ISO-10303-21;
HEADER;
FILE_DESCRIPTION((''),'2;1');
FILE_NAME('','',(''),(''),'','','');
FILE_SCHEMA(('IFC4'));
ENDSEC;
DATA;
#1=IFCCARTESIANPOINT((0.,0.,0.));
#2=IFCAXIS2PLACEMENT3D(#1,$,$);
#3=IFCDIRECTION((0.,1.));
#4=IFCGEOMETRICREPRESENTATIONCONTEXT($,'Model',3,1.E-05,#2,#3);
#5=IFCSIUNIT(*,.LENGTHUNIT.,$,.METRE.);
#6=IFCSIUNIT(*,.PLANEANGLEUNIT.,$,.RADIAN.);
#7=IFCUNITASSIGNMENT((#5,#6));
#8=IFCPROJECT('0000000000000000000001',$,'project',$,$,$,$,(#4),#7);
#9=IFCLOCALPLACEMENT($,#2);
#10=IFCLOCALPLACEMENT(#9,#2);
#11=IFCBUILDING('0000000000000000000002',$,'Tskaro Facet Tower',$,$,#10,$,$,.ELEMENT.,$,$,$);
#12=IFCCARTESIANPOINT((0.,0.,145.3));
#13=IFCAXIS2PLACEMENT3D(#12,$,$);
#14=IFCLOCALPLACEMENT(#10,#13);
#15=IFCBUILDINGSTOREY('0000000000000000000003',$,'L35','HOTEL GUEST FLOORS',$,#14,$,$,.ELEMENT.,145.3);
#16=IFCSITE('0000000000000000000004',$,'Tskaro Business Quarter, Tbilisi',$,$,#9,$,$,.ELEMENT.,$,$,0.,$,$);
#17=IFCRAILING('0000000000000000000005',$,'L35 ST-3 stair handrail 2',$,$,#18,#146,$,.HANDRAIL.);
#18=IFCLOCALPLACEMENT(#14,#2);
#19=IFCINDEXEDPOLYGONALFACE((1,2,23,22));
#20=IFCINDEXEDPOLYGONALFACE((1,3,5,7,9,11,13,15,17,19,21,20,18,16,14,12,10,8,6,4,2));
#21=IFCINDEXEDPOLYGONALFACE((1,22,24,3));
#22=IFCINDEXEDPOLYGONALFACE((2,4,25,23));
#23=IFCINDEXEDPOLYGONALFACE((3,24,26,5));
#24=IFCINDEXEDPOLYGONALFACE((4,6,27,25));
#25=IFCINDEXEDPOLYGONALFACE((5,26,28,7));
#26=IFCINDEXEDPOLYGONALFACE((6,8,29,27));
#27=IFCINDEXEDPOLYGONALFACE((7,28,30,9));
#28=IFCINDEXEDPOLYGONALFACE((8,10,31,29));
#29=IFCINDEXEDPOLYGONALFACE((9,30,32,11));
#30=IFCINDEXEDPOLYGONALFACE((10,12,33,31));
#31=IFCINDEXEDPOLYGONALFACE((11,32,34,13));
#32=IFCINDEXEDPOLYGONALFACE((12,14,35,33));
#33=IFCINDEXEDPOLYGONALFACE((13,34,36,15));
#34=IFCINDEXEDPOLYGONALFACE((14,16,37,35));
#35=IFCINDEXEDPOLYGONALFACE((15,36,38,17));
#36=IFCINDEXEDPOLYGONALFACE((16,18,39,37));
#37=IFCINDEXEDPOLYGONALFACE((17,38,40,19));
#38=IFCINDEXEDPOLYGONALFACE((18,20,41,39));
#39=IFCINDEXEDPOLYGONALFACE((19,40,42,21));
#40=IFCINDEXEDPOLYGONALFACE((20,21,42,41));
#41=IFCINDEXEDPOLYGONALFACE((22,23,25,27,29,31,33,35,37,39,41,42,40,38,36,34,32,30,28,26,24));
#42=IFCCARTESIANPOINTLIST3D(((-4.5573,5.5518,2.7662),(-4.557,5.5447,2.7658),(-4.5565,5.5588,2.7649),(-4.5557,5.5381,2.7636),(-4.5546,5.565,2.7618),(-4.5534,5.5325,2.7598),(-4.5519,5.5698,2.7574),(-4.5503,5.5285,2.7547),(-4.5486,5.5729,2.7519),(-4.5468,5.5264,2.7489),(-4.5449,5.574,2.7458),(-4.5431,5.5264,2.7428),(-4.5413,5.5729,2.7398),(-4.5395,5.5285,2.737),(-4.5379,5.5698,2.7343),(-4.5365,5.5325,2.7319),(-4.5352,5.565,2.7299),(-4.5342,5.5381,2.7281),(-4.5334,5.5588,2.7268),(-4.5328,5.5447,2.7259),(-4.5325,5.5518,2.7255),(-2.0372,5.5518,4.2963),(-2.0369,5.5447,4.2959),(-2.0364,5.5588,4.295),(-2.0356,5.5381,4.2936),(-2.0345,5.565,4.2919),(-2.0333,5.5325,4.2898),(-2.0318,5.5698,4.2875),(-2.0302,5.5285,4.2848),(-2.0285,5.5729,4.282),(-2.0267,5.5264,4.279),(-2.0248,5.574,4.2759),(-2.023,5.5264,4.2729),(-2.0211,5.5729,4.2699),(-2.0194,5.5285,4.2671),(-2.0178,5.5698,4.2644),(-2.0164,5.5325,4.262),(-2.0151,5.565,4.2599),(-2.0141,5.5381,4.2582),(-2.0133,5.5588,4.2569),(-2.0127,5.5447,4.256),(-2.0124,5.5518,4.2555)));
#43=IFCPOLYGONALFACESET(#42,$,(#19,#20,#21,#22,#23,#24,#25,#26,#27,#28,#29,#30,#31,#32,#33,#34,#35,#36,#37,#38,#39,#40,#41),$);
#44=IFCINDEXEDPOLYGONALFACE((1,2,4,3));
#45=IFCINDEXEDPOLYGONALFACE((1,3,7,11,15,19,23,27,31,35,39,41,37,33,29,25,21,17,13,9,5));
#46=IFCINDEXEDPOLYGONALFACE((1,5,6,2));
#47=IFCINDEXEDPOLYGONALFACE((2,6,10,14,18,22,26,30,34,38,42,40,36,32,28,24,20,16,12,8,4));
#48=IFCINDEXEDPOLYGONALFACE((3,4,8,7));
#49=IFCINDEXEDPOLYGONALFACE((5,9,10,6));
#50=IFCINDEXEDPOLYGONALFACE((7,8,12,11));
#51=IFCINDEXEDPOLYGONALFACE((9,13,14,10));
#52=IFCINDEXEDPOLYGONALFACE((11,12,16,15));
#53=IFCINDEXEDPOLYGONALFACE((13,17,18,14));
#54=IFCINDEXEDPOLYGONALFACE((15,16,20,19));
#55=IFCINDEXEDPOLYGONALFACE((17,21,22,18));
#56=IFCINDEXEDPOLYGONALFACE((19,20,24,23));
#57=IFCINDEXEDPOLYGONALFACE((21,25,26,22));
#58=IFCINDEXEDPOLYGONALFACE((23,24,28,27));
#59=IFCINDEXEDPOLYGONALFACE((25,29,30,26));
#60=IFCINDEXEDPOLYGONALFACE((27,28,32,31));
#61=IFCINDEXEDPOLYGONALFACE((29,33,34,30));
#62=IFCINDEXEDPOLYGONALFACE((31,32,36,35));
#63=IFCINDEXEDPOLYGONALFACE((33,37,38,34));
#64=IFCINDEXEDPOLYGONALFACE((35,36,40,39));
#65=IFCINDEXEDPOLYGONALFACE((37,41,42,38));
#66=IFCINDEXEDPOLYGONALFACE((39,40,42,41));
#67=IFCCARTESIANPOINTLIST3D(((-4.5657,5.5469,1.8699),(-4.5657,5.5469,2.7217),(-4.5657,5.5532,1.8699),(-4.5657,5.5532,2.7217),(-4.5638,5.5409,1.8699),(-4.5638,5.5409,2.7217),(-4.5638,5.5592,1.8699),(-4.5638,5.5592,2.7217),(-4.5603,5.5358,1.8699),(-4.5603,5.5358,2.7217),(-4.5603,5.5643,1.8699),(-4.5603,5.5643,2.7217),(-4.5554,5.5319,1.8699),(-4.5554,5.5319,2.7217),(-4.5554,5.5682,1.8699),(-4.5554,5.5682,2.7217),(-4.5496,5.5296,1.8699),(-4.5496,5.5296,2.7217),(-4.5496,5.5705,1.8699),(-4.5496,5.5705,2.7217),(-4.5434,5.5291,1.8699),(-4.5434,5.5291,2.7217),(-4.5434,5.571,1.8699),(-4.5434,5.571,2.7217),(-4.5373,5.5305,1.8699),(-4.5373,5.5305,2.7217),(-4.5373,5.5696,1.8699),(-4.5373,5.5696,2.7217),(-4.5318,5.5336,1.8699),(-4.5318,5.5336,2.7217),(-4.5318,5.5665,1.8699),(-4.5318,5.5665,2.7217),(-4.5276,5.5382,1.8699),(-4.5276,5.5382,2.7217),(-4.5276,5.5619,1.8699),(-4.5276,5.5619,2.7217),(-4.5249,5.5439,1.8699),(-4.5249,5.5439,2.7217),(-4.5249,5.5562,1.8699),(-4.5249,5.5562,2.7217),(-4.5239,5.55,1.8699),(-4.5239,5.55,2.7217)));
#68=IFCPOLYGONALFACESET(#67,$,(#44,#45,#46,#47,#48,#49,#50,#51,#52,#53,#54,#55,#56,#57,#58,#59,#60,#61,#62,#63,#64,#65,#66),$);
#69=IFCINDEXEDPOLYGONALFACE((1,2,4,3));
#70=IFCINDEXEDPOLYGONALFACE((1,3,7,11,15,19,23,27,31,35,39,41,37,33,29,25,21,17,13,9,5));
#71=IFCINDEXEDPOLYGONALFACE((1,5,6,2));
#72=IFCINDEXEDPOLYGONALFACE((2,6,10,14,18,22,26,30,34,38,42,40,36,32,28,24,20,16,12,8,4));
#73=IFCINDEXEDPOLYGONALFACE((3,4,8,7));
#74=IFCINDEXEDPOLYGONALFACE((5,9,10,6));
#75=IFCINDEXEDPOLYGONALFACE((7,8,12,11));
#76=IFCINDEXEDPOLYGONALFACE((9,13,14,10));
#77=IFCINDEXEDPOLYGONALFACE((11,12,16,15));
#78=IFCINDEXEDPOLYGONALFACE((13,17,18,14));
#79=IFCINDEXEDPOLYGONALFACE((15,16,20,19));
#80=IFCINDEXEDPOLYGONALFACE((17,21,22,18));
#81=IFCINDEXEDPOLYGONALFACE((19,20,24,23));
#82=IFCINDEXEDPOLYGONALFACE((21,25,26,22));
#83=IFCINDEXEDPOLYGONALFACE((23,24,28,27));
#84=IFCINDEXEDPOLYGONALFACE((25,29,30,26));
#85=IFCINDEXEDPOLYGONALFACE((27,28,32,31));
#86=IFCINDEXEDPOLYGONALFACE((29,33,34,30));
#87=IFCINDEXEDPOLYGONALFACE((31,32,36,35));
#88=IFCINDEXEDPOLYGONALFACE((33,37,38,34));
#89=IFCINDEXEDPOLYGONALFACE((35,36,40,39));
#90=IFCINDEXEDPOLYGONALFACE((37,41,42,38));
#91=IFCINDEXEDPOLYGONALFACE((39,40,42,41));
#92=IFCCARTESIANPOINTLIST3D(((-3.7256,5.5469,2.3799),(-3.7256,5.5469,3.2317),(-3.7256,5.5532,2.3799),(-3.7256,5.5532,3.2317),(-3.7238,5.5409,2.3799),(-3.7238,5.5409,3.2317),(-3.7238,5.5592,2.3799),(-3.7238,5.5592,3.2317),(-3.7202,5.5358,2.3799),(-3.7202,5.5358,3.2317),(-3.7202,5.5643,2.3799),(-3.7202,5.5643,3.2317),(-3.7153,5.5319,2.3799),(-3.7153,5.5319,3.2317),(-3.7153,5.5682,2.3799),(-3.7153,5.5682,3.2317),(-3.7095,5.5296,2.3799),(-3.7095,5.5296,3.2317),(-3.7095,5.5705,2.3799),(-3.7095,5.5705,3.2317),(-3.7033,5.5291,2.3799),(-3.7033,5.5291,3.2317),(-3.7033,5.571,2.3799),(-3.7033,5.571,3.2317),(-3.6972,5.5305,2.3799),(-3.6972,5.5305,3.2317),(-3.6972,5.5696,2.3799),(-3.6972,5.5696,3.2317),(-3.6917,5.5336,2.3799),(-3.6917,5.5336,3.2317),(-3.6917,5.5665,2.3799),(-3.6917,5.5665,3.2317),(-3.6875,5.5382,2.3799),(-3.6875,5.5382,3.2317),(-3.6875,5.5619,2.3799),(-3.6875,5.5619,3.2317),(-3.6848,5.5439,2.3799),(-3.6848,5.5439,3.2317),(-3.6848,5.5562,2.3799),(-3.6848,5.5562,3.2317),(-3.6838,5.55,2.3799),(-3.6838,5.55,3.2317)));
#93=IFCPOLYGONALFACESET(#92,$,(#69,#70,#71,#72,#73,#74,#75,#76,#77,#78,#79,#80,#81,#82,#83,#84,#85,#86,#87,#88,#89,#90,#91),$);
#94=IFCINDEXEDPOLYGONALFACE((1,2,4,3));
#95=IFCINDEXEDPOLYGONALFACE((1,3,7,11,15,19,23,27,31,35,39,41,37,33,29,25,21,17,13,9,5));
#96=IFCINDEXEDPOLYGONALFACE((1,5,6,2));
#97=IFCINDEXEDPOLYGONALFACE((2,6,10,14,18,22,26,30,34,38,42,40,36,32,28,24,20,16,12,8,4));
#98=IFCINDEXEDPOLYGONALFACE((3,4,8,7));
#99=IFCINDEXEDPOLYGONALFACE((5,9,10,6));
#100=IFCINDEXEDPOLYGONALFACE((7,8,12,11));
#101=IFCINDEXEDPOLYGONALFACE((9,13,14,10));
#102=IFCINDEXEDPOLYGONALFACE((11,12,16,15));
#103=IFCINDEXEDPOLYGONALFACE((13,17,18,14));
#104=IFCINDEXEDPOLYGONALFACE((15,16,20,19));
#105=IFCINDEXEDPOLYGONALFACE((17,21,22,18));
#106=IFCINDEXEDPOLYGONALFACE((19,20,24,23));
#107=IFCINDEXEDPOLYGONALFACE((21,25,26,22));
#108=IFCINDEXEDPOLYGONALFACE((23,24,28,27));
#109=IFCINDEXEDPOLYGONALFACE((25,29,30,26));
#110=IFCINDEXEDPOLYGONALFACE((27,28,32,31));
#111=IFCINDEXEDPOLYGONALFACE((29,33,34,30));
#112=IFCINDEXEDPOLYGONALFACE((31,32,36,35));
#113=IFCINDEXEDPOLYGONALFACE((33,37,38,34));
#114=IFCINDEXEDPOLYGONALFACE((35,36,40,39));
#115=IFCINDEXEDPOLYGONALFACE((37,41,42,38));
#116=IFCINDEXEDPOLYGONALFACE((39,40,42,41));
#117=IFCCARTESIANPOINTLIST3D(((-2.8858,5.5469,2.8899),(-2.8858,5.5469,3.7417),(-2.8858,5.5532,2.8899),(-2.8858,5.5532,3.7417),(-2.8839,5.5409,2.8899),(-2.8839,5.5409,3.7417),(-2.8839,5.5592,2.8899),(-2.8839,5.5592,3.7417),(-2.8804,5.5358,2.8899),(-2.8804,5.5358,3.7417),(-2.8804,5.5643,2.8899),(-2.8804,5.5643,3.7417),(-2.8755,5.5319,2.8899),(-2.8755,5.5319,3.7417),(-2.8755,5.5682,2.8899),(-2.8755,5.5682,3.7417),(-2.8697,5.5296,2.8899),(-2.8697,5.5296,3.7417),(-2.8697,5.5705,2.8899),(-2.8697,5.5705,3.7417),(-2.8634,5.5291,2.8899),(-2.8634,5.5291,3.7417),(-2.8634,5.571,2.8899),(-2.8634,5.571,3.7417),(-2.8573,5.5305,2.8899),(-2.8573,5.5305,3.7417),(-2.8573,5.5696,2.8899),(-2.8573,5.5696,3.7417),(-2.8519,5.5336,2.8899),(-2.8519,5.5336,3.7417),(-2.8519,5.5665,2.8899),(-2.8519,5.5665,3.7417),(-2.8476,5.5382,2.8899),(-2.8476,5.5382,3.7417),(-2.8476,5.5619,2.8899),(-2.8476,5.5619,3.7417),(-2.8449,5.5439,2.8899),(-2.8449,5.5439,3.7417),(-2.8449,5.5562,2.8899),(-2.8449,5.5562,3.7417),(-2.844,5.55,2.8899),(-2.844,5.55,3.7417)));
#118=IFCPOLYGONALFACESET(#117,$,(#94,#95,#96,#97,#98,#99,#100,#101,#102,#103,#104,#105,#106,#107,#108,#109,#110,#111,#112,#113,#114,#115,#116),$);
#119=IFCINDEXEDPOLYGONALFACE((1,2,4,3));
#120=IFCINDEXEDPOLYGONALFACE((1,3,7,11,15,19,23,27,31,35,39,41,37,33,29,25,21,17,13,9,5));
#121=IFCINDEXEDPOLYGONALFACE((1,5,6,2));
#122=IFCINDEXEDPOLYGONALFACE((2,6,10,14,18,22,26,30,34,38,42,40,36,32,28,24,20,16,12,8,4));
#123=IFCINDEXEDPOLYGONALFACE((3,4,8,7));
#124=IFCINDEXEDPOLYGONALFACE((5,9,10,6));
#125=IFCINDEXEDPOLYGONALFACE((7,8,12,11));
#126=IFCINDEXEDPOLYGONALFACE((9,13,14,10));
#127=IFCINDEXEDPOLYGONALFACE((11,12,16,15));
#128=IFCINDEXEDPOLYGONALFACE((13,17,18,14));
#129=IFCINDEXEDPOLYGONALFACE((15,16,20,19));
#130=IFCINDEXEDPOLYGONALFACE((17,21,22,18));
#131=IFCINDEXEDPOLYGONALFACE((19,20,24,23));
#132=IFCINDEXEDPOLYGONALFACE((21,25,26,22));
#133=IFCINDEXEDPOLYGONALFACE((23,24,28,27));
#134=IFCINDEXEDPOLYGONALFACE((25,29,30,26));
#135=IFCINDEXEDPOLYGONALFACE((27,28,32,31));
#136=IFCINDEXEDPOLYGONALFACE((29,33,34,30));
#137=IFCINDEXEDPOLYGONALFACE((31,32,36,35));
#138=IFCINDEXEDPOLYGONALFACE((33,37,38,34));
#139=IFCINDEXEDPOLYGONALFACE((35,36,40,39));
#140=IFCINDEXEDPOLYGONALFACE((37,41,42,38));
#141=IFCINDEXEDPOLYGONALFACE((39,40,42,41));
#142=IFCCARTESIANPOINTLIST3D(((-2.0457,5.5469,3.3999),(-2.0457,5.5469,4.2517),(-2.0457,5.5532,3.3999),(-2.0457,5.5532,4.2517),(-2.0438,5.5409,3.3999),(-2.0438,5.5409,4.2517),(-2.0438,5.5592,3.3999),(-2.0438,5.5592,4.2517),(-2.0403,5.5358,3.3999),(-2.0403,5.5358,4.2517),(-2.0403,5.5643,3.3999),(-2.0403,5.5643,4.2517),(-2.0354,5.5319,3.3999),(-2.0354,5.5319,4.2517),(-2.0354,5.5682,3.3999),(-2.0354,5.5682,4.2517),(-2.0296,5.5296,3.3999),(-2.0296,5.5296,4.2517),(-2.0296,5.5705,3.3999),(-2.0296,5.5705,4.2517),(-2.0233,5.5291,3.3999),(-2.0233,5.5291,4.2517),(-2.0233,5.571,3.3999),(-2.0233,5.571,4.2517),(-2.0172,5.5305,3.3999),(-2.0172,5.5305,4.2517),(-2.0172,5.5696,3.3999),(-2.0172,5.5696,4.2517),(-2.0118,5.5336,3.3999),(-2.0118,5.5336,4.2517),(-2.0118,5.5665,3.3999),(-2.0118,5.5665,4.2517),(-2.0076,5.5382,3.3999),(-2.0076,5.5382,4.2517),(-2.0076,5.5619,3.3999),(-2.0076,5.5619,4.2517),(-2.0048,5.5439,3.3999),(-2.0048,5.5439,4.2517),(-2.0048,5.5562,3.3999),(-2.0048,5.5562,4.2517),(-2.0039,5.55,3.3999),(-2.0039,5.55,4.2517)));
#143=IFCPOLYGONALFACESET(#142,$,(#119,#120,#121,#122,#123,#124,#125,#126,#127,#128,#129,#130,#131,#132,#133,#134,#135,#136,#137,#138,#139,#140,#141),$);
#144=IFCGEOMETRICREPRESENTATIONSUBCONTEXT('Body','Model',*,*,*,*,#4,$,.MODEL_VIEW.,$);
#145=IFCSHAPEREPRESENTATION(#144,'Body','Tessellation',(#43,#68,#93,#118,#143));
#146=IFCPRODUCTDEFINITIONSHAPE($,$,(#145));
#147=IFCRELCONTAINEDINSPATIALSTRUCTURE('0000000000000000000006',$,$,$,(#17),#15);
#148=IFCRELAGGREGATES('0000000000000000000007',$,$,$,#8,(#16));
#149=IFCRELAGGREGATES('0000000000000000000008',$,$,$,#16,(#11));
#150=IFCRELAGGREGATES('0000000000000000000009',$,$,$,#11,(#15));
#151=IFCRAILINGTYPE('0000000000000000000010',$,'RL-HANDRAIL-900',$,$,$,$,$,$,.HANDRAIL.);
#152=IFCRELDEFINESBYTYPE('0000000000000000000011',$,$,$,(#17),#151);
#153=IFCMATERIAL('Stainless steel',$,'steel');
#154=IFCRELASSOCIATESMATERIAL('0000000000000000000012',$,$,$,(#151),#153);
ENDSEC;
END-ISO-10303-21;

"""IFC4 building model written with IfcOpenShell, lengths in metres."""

from ifc_helpers import new_model, si_unit, direction, frame, origin, origin_2d, place, context, subcontext, project, spatial, circle, extrude, material, type_object, element, save


model = new_model("IFC4")

# Units and contexts
model_context = context("Model", 3, precision=1e-05, world=origin(), true_north=direction((0.0, 1.0)))
body_context = subcontext(model_context, "Body", "Model", "MODEL_VIEW")
ifc_project = project(units=[si_unit("LENGTHUNIT", "METRE"), si_unit("PLANEANGLEUNIT", "RADIAN")], contexts=[model_context])

# Site, building, storey
site_placement = place(None, origin())
site = spatial("IfcSite", under=ifc_project, at=site_placement, Name="Tskaro Business Quarter, Tbilisi", CompositionType="ELEMENT", RefElevation=0.0)
building_placement = place(site_placement, origin())
building = spatial("IfcBuilding", under=site, at=building_placement, Name="Tskaro Facet Tower", CompositionType="ELEMENT")
storey_placement = place(building_placement, frame((0.0, 0.0, 145.3)))
storey = spatial("IfcBuildingStorey", under=building, at=storey_placement, Name="L35", Description="HOTEL GUEST FLOORS", CompositionType="ELEMENT", Elevation=145.3)

# Railing
ifc_material_1 = material(Name="Stainless steel", Category="steel")
railing_type_1 = type_object("IfcRailingType", Name="RL-HANDRAIL-900", PredefinedType="HANDRAIL", material=ifc_material_1)
railing_1_placement = place(storey_placement, frame((-4.5449, 5.55, 1.8699)))
element("IfcRailing", 1, at=railing_1_placement, inside=storey, type_object=railing_type_1, Name="L35 ST-3 stair handrail 2", PredefinedType="HANDRAIL", context=body_context, shape_type="SweptSolid", body=[
    extrude(circle(Radius=0.0239, at=origin_2d()), frame((0.0, 0.0, 0.876), z_axis=(0.854785, 0.0, 0.518982), x_axis=(0.0, 1.0, 0.0)), (0.0, 0.0, 1.0), 2.9482),
    extrude(circle(Radius=0.021, at=origin_2d()), origin(), (0.0, 0.0, 1.0), 0.8518),
    extrude(circle(Radius=0.021, at=origin_2d()), frame((0.8401, 0.0, 0.51)), (0.0, 0.0, 1.0), 0.8518),
    extrude(circle(Radius=0.021, at=origin_2d()), frame((1.6799, 0.0, 1.02)), (0.0, 0.0, 1.0), 0.8518),
    extrude(circle(Radius=0.021, at=origin_2d()), frame((2.52, 0.0, 1.53)), (0.0, 0.0, 1.0), 0.8518),
])

save(model, "model.ifc")
